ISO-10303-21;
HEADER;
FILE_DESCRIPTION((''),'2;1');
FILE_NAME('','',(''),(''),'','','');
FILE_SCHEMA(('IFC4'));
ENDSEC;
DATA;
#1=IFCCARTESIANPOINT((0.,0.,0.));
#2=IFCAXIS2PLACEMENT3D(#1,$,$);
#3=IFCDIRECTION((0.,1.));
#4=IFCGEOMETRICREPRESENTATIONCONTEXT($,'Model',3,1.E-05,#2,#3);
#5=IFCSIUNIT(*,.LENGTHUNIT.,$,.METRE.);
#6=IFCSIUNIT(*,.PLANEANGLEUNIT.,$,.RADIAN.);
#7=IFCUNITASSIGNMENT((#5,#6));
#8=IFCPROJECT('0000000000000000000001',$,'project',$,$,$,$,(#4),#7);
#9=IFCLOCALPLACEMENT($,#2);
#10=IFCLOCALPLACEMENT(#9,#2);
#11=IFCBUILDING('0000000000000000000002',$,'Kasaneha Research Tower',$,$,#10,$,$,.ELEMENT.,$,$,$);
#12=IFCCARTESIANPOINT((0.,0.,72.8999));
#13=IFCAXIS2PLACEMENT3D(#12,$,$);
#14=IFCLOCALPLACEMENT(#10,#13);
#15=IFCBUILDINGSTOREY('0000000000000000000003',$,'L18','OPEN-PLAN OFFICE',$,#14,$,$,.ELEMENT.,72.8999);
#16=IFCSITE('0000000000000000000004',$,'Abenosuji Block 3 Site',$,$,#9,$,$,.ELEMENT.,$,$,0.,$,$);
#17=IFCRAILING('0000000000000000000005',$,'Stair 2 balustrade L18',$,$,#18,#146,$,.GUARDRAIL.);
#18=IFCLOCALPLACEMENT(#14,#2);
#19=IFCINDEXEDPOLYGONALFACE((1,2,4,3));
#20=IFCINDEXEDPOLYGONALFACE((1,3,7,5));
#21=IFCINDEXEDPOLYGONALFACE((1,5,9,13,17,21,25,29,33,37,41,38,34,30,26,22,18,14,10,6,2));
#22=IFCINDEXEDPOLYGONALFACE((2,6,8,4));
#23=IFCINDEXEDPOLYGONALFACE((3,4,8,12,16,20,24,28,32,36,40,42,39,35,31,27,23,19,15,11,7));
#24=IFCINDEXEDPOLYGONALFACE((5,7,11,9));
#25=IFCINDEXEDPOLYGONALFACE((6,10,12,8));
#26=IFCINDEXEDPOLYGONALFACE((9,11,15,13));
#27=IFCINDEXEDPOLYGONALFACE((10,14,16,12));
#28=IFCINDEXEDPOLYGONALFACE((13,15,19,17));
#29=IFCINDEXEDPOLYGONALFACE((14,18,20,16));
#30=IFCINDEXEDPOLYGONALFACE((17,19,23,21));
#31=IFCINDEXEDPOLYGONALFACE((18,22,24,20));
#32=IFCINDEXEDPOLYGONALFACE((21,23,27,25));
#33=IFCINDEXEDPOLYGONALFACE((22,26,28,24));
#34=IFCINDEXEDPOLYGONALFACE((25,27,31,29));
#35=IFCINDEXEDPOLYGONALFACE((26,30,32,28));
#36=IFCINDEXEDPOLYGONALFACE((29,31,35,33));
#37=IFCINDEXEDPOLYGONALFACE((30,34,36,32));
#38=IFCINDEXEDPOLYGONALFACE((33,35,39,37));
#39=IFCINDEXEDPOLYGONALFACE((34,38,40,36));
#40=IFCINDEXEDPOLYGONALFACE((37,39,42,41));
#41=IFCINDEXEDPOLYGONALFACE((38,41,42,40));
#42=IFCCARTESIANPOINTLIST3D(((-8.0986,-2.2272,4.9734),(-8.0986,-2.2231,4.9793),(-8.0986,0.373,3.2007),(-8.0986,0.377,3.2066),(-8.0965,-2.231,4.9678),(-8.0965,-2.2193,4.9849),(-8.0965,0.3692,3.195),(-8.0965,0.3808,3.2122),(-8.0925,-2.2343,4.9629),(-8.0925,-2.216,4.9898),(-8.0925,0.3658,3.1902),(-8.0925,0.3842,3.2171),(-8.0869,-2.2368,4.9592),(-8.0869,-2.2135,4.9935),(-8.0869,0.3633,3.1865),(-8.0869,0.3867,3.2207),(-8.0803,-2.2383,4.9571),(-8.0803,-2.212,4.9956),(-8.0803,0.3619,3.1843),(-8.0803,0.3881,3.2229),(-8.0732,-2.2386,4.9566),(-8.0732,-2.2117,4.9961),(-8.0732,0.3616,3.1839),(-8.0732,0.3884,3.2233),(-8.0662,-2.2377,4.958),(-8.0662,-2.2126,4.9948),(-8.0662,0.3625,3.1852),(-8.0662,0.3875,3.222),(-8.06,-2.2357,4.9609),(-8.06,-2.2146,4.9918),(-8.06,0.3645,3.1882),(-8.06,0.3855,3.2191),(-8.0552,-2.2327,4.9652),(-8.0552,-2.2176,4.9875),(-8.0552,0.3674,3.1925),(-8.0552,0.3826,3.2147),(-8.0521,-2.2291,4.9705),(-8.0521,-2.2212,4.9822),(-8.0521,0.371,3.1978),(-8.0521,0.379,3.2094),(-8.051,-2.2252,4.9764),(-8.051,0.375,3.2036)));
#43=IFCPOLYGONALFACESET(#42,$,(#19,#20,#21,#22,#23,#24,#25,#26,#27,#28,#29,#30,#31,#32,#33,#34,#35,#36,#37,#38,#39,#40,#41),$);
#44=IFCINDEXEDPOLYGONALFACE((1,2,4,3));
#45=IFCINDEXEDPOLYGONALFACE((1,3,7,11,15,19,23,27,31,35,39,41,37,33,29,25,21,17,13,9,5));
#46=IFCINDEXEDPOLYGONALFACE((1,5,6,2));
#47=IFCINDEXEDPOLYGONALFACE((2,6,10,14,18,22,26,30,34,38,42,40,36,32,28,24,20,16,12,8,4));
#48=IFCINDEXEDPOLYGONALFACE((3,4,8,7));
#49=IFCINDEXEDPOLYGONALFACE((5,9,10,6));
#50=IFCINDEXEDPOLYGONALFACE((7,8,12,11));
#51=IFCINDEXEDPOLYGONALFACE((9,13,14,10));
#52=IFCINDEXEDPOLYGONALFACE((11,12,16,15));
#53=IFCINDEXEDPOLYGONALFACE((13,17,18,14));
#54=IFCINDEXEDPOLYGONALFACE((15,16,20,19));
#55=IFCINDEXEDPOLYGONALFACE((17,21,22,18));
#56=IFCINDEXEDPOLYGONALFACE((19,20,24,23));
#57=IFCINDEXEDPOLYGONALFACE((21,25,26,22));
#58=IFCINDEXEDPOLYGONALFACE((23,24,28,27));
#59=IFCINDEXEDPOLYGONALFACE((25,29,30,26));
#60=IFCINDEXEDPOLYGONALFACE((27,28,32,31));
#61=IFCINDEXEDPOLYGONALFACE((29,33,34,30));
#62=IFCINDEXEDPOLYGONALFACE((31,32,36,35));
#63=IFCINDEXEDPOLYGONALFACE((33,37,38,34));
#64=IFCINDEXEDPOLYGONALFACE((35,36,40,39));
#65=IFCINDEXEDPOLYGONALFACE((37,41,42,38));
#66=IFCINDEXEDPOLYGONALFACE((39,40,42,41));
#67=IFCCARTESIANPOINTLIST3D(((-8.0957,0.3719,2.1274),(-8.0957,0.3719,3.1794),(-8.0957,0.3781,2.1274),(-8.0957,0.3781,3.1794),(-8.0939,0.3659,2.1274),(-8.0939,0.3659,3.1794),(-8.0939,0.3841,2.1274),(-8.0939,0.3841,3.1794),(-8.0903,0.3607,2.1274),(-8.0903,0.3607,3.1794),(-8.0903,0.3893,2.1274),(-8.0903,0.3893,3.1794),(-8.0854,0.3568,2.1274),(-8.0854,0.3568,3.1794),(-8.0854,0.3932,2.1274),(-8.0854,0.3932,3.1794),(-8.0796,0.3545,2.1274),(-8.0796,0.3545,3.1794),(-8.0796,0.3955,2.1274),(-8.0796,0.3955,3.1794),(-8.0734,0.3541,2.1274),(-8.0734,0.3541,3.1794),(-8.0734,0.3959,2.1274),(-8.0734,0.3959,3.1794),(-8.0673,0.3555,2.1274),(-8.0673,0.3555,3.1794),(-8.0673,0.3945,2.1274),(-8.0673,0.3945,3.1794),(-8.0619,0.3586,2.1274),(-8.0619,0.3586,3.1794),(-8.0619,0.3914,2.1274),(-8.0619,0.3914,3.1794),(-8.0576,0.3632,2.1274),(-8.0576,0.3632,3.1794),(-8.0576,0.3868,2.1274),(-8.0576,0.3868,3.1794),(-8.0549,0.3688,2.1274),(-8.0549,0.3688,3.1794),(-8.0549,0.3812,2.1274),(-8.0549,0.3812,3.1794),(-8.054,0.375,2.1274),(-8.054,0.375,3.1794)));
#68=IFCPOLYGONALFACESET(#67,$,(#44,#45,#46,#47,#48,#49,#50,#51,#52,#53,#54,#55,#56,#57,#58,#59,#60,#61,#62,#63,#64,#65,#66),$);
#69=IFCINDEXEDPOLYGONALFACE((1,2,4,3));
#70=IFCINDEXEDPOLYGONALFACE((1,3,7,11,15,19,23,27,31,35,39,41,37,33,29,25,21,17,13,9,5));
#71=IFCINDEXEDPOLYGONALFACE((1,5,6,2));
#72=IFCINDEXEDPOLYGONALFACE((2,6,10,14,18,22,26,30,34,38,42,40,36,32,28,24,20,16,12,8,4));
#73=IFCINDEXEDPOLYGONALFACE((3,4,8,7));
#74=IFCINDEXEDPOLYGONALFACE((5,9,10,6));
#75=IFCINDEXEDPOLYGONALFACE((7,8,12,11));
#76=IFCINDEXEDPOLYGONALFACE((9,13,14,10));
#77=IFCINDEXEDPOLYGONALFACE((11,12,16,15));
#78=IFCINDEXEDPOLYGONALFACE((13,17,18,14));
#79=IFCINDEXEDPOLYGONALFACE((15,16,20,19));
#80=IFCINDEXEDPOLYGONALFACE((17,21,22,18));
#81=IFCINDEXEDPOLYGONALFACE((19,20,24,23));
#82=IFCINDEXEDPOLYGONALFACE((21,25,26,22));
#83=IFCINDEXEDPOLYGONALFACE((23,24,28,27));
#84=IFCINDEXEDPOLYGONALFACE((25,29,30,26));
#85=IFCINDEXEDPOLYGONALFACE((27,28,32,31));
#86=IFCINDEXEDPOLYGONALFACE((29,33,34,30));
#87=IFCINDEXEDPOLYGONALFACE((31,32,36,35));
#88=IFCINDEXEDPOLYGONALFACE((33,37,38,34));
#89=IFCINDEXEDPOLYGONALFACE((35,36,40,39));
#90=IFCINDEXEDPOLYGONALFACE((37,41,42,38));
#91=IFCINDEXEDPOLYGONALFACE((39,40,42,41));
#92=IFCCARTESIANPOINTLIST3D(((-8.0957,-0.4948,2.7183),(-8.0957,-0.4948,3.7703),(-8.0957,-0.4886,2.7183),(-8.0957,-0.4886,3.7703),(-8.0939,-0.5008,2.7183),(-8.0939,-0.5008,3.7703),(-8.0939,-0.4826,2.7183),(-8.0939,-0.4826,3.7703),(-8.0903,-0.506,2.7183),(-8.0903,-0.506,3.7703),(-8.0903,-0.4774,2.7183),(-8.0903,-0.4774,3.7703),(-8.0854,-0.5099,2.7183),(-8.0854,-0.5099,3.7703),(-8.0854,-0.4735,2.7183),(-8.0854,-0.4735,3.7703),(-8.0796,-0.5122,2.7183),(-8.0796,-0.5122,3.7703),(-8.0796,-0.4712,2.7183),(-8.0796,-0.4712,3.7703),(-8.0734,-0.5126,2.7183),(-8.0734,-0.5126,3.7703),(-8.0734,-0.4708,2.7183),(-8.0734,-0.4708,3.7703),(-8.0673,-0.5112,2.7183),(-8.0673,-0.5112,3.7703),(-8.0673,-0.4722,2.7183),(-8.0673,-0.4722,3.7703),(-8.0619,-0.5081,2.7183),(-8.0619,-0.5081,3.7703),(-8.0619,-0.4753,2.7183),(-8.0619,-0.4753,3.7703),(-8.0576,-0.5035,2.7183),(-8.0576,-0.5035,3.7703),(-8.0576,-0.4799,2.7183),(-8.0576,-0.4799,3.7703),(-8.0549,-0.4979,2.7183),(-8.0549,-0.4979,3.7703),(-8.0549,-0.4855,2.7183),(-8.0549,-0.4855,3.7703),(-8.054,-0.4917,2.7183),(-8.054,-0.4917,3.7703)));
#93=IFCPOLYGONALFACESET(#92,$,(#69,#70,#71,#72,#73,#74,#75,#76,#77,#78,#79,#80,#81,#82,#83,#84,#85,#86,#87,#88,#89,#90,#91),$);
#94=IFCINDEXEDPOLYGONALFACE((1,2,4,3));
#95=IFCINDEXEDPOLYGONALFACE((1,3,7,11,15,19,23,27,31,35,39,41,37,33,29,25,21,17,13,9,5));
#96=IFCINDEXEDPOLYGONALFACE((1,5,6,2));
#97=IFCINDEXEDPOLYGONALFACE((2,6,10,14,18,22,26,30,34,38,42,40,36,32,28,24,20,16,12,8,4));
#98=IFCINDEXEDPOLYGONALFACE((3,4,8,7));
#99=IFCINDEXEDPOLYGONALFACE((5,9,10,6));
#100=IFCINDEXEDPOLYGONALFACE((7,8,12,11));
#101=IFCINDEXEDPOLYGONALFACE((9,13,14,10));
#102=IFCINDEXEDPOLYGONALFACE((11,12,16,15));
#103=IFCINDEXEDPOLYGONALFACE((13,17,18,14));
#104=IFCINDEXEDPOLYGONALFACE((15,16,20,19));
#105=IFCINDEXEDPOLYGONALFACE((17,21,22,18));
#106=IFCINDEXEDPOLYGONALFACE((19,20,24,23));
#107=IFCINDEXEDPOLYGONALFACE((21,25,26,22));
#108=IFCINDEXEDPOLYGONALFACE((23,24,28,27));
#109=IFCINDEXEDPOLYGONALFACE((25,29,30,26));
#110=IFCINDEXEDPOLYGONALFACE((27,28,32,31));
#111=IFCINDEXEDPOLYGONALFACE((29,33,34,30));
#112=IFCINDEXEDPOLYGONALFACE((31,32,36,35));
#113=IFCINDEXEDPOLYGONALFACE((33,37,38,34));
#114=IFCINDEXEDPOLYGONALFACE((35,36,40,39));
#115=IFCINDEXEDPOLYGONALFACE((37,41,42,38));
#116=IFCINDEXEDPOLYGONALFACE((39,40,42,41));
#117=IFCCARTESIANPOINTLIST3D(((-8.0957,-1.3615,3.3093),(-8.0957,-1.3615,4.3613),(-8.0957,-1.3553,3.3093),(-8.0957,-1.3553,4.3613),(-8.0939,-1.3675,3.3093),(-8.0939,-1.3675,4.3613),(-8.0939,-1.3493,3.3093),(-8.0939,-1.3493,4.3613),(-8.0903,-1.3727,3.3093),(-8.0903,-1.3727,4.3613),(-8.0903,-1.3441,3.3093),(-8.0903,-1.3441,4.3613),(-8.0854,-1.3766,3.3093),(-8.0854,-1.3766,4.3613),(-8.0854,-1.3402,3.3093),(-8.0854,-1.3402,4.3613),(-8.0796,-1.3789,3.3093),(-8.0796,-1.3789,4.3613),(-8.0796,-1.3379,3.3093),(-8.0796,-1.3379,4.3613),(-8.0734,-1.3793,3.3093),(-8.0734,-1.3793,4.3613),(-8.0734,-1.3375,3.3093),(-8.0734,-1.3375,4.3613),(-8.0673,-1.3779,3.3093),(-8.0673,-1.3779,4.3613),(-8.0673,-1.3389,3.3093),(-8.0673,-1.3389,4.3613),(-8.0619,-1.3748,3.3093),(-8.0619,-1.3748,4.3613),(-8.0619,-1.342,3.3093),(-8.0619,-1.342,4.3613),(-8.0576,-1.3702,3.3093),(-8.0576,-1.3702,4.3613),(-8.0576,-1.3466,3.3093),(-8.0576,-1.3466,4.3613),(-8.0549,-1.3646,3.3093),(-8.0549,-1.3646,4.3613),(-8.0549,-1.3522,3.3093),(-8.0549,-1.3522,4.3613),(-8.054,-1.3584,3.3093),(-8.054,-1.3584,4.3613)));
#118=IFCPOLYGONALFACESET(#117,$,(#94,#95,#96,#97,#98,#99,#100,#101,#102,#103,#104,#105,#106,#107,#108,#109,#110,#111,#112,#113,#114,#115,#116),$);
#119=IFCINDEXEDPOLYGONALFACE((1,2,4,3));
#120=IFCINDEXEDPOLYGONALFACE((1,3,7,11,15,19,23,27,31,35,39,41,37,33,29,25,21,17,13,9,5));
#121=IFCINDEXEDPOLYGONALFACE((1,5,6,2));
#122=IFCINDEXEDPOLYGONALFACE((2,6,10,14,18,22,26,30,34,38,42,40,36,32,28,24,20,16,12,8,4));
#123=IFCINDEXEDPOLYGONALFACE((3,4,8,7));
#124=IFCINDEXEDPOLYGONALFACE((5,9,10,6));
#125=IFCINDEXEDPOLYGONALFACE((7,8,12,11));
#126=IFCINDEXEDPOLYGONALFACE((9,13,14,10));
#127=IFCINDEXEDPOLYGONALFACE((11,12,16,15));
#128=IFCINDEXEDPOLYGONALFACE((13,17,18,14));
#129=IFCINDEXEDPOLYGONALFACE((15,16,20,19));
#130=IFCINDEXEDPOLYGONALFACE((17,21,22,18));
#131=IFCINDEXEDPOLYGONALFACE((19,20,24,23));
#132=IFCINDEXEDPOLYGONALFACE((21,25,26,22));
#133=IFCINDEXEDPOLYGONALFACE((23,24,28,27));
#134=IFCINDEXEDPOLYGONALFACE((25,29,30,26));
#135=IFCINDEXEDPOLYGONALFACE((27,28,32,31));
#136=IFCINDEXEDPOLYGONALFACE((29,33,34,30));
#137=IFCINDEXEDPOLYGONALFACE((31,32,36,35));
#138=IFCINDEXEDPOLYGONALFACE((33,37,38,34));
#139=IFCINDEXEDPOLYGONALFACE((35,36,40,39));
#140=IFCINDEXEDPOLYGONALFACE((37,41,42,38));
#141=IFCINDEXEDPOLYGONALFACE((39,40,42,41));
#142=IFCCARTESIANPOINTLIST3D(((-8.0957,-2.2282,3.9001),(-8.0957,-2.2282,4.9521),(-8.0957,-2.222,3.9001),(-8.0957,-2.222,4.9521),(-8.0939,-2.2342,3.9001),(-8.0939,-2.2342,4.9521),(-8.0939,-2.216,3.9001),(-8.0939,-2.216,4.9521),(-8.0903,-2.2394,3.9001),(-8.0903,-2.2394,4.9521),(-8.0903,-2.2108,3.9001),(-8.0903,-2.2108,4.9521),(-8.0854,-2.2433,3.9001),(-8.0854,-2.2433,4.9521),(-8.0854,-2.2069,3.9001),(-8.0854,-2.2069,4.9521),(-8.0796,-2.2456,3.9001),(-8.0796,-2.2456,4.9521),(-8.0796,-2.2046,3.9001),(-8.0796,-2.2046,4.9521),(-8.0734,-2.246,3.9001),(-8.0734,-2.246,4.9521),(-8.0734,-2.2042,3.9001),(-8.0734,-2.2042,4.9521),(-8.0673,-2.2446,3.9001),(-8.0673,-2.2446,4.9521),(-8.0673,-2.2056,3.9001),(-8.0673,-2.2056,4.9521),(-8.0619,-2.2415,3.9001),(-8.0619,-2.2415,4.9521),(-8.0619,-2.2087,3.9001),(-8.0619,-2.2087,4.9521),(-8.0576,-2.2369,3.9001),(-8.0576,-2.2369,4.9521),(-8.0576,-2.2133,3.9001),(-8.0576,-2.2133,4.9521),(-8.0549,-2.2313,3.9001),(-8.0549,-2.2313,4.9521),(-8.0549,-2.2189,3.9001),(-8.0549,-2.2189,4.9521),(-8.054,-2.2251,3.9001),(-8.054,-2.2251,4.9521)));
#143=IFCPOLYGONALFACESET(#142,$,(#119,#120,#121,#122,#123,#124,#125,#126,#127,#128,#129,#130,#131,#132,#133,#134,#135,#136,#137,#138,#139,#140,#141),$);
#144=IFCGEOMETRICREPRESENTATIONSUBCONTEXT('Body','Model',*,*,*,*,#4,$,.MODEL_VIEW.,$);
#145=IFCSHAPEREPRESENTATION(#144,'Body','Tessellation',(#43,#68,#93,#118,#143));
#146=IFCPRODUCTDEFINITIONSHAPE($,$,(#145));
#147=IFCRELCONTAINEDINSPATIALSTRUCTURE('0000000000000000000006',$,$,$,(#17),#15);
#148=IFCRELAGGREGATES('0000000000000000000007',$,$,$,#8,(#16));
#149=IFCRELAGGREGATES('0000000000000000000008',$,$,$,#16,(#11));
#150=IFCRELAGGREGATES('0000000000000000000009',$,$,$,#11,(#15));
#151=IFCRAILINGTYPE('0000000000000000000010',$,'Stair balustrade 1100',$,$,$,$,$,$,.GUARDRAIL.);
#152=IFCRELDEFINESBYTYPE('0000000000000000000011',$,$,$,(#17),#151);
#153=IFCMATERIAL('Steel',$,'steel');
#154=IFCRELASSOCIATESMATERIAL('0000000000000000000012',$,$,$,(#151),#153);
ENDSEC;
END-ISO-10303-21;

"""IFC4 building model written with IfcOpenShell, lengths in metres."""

from ifc_helpers import new_model, si_unit, direction, frame, origin, origin_2d, place, context, subcontext, project, spatial, circle, extrude, material, type_object, element, save


model = new_model("IFC4")

# Units and contexts
model_context = context("Model", 3, precision=1e-05, world=origin(), true_north=direction((0.0, 1.0)))
body_context = subcontext(model_context, "Body", "Model", "MODEL_VIEW")
ifc_project = project(units=[si_unit("LENGTHUNIT", "METRE"), si_unit("PLANEANGLEUNIT", "RADIAN")], contexts=[model_context])

# Site, building, storey
site_placement = place(None, origin())
site = spatial("IfcSite", under=ifc_project, at=site_placement, Name="Abenosuji Block 3 Site", CompositionType="ELEMENT", RefElevation=0.0)
building_placement = place(site_placement, origin())
building = spatial("IfcBuilding", under=site, at=building_placement, Name="Kasaneha Research Tower", CompositionType="ELEMENT")
storey_placement = place(building_placement, frame((0.0, 0.0, 72.8999)))
storey = spatial("IfcBuildingStorey", under=building, at=storey_placement, Name="L18", Description="OPEN-PLAN OFFICE", CompositionType="ELEMENT", Elevation=72.8999)

# Railing
ifc_material_1 = material(Name="Steel", Category="steel")
railing_type_1 = type_object("IfcRailingType", Name="Stair balustrade 1100", PredefinedType="GUARDRAIL", material=ifc_material_1)
railing_1_placement = place(storey_placement, frame((-8.075, 0.375, 2.1274)))
element("IfcRailing", 1, at=railing_1_placement, inside=storey, type_object=railing_type_1, Name="Stair 2 balustrade L18", PredefinedType="GUARDRAIL", context=body_context, shape_type="SweptSolid", body=[
    extrude(circle(Radius=0.0239, at=origin_2d()), frame((0.0, 0.0, 1.0762), z_axis=(0.0, -0.82624, 0.563318), x_axis=(1.0, 0.0, 0.0)), (0.0, 0.0, 1.0), 3.147),
    extrude(circle(Radius=0.021, at=origin_2d()), origin(), (0.0, 0.0, 1.0), 1.052),
    extrude(circle(Radius=0.021, at=origin_2d()), frame((0.0, -0.8667, 0.5908)), (0.0, 0.0, 1.0), 1.052),
    extrude(circle(Radius=0.021, at=origin_2d()), frame((0.0, -1.7334, 1.1819)), (0.0, 0.0, 1.0), 1.052),
    extrude(circle(Radius=0.021, at=origin_2d()), frame((0.0, -2.6001, 1.7727)), (0.0, 0.0, 1.0), 1.052),
])

save(model, "model.ifc")
